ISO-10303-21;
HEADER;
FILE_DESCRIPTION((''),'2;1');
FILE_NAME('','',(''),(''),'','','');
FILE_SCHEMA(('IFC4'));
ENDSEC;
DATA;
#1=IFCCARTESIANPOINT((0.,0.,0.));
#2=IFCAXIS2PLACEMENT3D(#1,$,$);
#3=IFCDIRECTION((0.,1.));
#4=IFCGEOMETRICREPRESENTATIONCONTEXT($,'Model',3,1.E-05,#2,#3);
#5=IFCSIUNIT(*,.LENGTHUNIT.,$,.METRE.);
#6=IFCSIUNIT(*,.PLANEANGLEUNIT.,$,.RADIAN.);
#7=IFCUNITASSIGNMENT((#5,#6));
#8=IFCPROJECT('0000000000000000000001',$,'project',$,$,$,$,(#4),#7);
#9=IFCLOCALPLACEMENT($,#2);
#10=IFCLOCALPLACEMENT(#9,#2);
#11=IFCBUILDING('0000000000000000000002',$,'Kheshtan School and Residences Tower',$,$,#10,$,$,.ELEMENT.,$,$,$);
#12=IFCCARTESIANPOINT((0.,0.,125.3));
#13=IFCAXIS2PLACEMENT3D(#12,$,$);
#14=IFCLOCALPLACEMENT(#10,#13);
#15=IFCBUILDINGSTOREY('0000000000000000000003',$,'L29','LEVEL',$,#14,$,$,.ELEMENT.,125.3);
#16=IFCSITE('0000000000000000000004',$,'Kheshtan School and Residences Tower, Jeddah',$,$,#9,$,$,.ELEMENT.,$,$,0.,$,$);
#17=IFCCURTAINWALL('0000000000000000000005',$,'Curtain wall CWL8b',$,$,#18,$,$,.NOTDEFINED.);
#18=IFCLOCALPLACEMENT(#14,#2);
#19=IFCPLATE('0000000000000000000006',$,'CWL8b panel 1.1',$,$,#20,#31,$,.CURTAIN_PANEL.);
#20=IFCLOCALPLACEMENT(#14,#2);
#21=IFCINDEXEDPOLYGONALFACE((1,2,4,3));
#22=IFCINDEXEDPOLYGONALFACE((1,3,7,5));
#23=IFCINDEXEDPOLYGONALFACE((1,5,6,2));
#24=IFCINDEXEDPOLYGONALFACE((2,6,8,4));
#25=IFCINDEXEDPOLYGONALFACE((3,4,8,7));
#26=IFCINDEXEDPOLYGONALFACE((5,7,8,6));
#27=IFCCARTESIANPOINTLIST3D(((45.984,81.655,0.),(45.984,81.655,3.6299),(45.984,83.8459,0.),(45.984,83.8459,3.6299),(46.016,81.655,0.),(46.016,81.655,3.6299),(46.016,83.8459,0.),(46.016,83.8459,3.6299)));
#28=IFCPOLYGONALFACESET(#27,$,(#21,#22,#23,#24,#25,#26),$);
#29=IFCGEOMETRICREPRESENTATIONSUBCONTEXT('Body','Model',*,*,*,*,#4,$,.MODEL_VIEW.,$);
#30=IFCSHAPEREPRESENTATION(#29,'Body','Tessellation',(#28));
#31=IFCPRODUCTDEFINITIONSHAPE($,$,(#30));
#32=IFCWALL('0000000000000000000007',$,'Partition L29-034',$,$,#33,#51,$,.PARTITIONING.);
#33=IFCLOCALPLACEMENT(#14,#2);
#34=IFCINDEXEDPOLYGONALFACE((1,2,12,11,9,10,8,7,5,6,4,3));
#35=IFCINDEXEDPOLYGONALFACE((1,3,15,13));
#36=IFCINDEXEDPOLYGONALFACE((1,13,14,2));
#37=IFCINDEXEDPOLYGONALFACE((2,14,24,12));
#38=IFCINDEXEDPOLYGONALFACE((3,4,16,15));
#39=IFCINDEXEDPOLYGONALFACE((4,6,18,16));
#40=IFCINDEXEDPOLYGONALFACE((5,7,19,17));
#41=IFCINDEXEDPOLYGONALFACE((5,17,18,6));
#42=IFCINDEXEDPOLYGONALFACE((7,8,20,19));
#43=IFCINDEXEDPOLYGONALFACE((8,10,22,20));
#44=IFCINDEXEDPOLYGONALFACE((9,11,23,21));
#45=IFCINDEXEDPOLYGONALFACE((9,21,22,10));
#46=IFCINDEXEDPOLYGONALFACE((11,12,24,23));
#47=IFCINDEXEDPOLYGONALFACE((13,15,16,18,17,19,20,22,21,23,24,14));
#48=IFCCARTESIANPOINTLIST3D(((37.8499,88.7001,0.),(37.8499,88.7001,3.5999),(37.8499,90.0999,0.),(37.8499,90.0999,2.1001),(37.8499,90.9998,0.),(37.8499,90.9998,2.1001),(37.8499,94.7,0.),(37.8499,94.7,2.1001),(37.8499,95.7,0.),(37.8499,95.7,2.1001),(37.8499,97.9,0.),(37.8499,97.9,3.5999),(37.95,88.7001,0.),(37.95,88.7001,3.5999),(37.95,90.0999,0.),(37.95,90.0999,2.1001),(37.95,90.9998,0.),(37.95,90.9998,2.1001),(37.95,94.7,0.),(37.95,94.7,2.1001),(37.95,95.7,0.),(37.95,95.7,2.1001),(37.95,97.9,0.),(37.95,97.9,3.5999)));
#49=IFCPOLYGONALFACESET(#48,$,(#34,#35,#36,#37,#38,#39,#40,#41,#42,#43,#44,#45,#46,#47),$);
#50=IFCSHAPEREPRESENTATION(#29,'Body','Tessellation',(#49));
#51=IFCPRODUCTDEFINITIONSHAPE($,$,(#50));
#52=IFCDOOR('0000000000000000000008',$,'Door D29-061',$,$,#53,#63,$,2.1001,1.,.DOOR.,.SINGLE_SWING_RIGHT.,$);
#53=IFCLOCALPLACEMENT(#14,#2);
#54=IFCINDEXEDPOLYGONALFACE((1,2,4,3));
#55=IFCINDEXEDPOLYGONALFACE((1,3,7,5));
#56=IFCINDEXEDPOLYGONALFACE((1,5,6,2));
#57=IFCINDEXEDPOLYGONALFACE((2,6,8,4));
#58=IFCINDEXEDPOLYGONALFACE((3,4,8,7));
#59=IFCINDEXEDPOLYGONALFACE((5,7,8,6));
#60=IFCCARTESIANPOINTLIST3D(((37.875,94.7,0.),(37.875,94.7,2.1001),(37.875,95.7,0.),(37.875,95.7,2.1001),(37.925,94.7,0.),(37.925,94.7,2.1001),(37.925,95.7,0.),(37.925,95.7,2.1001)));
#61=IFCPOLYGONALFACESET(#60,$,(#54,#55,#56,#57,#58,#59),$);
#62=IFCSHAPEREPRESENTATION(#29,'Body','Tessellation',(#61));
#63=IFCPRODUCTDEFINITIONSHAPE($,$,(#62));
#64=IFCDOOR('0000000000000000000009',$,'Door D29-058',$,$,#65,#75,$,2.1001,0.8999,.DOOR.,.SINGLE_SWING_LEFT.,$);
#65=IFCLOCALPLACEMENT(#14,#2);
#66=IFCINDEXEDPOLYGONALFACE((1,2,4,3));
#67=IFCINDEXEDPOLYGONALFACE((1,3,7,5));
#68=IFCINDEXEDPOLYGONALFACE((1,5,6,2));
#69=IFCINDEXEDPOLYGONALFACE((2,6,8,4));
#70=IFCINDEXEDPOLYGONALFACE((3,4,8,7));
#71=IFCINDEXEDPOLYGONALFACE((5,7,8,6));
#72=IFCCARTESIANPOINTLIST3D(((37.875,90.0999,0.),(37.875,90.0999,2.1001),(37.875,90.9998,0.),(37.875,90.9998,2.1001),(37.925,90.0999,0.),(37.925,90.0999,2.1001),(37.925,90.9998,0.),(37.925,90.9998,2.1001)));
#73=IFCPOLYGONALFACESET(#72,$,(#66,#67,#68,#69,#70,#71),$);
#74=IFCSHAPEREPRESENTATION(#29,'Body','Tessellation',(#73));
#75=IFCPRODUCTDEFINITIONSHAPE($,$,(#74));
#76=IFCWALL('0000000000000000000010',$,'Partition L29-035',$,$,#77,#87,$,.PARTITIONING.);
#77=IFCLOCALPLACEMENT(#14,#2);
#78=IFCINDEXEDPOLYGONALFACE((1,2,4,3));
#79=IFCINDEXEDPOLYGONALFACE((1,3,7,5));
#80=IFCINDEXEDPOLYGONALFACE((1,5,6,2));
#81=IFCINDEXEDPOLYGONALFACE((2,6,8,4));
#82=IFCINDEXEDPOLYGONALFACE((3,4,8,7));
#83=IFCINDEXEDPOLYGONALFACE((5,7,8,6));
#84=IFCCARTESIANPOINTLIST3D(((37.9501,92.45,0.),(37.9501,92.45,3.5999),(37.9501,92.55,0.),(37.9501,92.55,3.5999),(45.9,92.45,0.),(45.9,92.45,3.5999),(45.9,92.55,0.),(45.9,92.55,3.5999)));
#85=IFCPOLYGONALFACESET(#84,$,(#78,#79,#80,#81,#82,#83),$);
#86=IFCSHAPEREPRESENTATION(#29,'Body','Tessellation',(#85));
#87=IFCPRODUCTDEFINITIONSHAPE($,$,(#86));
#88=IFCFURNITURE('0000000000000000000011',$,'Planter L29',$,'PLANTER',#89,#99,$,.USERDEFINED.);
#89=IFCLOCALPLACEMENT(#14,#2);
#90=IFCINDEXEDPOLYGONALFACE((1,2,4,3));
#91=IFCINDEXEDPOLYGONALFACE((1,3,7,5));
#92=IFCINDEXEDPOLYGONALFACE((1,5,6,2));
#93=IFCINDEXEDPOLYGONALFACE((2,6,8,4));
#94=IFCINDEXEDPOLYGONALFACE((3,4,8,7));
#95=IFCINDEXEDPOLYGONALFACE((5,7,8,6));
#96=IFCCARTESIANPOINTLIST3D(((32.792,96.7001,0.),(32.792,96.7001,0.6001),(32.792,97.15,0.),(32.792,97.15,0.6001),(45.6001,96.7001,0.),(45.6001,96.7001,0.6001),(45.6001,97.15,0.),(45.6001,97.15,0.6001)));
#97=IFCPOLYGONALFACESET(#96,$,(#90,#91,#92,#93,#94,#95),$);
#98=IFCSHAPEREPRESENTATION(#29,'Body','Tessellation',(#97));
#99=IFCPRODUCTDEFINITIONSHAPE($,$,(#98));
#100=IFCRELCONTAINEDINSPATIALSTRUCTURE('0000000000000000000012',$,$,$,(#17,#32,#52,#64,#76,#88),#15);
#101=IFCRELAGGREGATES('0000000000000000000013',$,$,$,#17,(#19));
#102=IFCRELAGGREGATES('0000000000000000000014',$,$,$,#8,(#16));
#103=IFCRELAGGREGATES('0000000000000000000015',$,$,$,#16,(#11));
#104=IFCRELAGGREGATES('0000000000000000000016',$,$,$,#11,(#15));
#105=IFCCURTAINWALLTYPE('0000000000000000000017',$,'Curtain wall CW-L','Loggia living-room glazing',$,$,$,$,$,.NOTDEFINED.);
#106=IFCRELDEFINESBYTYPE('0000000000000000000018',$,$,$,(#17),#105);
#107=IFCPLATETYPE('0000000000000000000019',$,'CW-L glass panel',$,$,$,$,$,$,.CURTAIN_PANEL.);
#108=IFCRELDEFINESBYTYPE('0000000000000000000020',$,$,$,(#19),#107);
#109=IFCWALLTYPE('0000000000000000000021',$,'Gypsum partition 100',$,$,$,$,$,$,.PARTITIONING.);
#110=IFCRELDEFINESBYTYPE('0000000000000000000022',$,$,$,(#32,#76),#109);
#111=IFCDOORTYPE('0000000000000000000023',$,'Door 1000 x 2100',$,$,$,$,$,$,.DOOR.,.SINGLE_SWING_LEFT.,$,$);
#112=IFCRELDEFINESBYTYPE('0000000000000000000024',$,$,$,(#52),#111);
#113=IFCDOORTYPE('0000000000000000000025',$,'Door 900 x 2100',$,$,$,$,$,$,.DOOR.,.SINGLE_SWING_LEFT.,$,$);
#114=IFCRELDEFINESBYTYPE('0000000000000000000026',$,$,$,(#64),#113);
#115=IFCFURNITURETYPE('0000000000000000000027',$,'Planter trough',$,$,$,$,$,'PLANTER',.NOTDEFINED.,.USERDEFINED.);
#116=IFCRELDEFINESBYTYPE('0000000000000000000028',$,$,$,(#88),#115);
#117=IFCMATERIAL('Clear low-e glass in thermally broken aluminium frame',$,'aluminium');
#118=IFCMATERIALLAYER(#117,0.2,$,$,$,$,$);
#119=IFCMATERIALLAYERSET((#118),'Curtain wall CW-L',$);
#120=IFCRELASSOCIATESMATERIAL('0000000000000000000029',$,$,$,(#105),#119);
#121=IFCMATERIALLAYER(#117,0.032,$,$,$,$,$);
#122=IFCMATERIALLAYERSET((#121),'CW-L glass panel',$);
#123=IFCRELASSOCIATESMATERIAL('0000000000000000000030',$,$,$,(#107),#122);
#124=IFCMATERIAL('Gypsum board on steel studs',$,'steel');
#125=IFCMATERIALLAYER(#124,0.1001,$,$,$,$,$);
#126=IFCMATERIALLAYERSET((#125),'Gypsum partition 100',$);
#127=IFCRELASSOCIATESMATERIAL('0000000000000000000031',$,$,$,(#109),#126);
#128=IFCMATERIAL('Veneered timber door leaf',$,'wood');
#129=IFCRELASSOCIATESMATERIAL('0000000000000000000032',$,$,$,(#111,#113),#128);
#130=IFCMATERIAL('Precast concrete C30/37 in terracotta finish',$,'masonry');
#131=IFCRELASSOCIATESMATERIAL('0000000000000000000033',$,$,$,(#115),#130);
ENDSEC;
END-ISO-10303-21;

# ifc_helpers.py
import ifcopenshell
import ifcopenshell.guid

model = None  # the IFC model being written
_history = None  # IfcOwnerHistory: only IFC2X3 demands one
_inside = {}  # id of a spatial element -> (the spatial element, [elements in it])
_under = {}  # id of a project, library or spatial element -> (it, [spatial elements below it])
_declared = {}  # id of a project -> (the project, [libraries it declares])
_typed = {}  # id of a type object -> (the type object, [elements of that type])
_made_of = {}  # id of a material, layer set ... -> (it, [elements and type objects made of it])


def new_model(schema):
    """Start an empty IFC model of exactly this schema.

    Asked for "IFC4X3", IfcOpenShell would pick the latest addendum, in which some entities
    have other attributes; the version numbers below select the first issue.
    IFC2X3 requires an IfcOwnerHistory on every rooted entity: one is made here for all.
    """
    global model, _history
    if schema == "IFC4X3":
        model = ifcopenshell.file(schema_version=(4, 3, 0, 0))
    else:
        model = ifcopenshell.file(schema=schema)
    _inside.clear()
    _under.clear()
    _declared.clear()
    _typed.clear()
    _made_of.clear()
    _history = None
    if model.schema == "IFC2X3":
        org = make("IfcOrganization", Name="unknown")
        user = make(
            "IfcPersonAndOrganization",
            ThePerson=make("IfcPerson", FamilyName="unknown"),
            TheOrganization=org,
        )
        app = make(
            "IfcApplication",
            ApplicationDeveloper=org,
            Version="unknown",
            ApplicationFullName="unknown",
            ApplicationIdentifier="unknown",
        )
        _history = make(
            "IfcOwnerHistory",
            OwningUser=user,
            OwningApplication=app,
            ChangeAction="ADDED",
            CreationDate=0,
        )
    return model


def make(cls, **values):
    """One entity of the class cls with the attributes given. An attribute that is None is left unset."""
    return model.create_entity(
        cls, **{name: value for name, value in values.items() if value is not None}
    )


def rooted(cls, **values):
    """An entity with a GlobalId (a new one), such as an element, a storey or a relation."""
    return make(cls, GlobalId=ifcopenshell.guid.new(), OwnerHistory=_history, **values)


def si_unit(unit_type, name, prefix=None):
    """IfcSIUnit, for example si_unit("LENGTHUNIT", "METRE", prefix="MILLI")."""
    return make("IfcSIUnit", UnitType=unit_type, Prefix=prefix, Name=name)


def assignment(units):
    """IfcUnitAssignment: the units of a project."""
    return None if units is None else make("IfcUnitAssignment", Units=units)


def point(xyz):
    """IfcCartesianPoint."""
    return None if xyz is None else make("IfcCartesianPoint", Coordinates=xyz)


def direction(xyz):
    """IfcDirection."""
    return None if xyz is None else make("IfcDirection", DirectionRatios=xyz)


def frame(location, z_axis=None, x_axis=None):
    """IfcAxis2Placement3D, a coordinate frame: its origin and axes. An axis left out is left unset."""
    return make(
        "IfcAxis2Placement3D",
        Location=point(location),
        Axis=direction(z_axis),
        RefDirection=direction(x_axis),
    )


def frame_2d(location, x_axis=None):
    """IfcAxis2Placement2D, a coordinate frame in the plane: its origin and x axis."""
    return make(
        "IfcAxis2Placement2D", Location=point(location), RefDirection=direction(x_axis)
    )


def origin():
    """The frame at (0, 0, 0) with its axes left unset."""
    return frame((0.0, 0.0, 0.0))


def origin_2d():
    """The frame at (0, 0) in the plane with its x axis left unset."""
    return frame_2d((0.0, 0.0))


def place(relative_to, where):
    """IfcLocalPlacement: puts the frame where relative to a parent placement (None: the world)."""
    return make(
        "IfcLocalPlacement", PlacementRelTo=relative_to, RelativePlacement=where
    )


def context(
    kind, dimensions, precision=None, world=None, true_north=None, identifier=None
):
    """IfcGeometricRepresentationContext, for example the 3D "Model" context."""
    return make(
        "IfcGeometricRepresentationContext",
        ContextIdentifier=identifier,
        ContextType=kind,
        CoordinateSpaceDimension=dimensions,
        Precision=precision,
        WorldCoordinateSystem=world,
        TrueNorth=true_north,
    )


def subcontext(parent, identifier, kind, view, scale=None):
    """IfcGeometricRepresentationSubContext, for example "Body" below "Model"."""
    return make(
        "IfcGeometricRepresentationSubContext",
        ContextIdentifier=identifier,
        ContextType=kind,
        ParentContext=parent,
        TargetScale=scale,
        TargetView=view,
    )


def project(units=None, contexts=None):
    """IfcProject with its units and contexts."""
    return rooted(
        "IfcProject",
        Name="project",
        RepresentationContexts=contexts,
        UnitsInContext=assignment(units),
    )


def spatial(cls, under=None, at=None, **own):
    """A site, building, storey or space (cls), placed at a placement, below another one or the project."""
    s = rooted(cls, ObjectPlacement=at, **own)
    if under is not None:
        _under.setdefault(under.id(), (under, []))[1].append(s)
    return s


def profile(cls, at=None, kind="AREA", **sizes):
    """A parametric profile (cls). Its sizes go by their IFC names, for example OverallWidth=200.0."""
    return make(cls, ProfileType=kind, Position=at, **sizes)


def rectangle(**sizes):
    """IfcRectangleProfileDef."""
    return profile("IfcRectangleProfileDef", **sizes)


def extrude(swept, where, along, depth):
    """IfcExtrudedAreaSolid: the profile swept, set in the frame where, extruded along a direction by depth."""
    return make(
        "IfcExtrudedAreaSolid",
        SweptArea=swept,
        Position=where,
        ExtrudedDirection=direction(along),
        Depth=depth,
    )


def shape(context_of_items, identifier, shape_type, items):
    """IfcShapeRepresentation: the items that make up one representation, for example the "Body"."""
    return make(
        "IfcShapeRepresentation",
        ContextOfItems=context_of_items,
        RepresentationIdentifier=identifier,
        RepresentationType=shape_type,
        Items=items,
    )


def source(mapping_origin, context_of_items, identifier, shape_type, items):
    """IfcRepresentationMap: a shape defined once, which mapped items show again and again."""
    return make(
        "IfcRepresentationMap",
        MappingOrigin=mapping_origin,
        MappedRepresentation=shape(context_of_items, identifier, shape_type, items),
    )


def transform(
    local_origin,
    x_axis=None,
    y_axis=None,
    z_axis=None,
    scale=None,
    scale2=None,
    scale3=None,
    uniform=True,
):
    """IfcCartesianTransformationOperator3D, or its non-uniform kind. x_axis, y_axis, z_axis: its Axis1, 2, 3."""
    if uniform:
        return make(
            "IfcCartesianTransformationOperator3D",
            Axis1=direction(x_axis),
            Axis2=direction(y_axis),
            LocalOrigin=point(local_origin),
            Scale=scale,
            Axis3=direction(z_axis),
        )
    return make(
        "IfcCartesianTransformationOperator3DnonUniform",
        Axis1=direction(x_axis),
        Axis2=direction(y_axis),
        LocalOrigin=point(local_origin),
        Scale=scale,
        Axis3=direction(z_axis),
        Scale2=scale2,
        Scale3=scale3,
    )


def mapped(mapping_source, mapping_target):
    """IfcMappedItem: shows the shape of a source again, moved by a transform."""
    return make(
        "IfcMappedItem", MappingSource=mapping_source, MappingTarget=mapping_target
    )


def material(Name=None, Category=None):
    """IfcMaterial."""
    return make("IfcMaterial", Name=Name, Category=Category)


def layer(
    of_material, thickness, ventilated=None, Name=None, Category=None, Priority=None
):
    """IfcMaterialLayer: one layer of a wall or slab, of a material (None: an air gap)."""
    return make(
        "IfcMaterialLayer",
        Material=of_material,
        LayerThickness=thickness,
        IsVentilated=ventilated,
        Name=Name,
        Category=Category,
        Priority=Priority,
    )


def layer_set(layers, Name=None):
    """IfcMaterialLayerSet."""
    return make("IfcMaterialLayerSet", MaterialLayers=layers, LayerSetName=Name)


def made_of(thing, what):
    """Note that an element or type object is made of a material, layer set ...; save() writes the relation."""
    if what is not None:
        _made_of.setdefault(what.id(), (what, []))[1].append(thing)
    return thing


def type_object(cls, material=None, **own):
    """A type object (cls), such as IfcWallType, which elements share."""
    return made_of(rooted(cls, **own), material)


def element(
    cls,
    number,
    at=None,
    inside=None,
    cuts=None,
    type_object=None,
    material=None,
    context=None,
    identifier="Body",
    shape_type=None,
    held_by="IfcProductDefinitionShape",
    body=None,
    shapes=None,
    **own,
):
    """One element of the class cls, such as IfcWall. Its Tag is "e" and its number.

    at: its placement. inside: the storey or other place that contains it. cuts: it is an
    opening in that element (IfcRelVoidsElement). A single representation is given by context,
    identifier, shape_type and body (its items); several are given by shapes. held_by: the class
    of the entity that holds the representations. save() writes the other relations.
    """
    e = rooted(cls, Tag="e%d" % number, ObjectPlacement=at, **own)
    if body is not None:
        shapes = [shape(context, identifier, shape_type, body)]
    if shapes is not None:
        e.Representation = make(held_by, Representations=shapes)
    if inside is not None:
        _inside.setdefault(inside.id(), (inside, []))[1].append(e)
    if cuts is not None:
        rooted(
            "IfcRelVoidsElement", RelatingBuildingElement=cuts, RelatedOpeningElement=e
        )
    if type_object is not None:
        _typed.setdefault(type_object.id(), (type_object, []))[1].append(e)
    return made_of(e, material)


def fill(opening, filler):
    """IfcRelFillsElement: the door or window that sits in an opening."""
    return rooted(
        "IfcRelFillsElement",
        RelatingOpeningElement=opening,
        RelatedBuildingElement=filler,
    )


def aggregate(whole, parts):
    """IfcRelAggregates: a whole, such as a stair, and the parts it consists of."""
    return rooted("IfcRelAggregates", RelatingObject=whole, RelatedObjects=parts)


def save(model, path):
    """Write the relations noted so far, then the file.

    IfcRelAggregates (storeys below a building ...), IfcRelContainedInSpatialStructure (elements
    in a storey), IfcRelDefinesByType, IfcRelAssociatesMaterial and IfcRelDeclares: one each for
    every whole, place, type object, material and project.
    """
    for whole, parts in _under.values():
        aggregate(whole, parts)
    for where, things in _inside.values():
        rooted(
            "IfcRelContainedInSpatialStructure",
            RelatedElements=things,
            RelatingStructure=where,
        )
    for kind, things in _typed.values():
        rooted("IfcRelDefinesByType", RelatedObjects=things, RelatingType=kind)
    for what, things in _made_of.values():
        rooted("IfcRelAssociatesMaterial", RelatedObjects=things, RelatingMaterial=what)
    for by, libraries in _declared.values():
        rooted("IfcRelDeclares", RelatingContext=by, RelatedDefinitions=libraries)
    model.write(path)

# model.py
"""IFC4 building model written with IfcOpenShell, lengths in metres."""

from ifc_helpers import new_model, si_unit, direction, frame, frame_2d, origin, origin_2d, place, context, subcontext, project, spatial, rectangle, extrude, source, transform, mapped, material, layer, layer_set, type_object, element, fill, aggregate, save


model = new_model("IFC4")

# Units and contexts
model_context = context("Model", 3, precision=1e-05, world=origin(), true_north=direction((0.0, 1.0)))
body_context = subcontext(model_context, "Body", "Model", "MODEL_VIEW")
ifc_project = project(units=[si_unit("LENGTHUNIT", "METRE"), si_unit("PLANEANGLEUNIT", "RADIAN")], contexts=[model_context])

# Site, building, storey
site_placement = place(None, origin())
site = spatial("IfcSite", under=ifc_project, at=site_placement, Name="Kheshtan School and Residences Tower, Jeddah", CompositionType="ELEMENT", RefElevation=0.0)
building_placement = place(site_placement, origin())
building = spatial("IfcBuilding", under=site, at=building_placement, Name="Kheshtan School and Residences Tower", CompositionType="ELEMENT")
storey_placement = place(building_placement, frame((0.0, 0.0, 125.3)))
storey = spatial("IfcBuildingStorey", under=building, at=storey_placement, Name="L29", Description="LEVEL", CompositionType="ELEMENT", Elevation=125.3)

# Shared definitions
ifc_material_1 = material(Name="Clear low-e glass in thermally broken aluminium frame", Category="aluminium")
ifc_layer_1 = layer(ifc_material_1, 0.2)
ifc_layer_set_1 = layer_set([ifc_layer_1], Name="Curtain wall CW-L")
curtain_wall_type = type_object("IfcCurtainWallType", Name="Curtain wall CW-L", Description="Loggia living-room glazing", PredefinedType="NOTDEFINED", material=ifc_layer_set_1)

# Curtain wall
curtain_wall_1_placement = place(storey_placement, origin())
curtain_wall_1 = element("IfcCurtainWall", 1, at=curtain_wall_1_placement, inside=storey, type_object=curtain_wall_type, Name="Curtain wall CWL8b", PredefinedType="NOTDEFINED")

# Plate
ifc_layer_2 = layer(ifc_material_1, 0.032)
ifc_layer_set_2 = layer_set([ifc_layer_2], Name="CW-L glass panel")
plate_type = type_object("IfcPlateType", Name="CW-L glass panel", PredefinedType="CURTAIN_PANEL", material=ifc_layer_set_2)
plate_1_placement = place(storey_placement, frame((46.0, 82.7505, 0.0), z_axis=(0.0, 0.0, 1.0), x_axis=(0.0, -1.0, 0.0)))
plate_1 = element("IfcPlate", 2, at=plate_1_placement, type_object=plate_type, Name="CWL8b panel 1.1", PredefinedType="CURTAIN_PANEL", context=body_context, shape_type="SweptSolid", body=[
    extrude(rectangle(XDim=2.1909, YDim=0.032, at=origin_2d()), origin(), (0.0, 0.0, 1.0), 3.6299),
])
aggregate(curtain_wall_1, [plate_1])

# Wall, openings, doors
ifc_material_2 = material(Name="Gypsum board on steel studs", Category="steel")
ifc_layer_3 = layer(ifc_material_2, 0.1001)
ifc_layer_set_3 = layer_set([ifc_layer_3], Name="Gypsum partition 100")
wall_type_1 = type_object("IfcWallType", Name="Gypsum partition 100", PredefinedType="PARTITIONING", material=ifc_layer_set_3)
wall_1_placement = place(storey_placement, frame((37.8999, 88.7, 0.0), z_axis=(0.0, 0.0, 1.0), x_axis=(0.0, 1.0, 0.0)))
wall_1 = element("IfcWall", 3, at=wall_1_placement, inside=storey, type_object=wall_type_1, Name="Partition L29-034", PredefinedType="PARTITIONING", context=body_context, shape_type="SweptSolid", body=[
    extrude(rectangle(XDim=9.2, YDim=0.1001, at=frame_2d((4.6001, 0.0))), origin(), (0.0, 0.0, 1.0), 3.5999),
])
opening_1_placement = place(wall_1_placement, frame((1.3999, 0.0, 0.0)))
opening_1 = element("IfcOpeningElement", 4, at=opening_1_placement, cuts=wall_1, PredefinedType="OPENING", context=body_context, shape_type="SweptSolid", body=[
    extrude(rectangle(XDim=0.8999, YDim=2.1001, at=frame_2d((0.45, 1.05))), frame((0.0, 0.0601, 0.0), z_axis=(0.0, -1.0, 0.0), x_axis=(1.0, 0.0, 0.0)), (0.0, 0.0, 1.0), 0.1201),
])
opening_2_placement = place(wall_1_placement, frame((6.0, 0.0, 0.0)))
opening_2 = element("IfcOpeningElement", 5, at=opening_2_placement, cuts=wall_1, PredefinedType="OPENING", context=body_context, shape_type="SweptSolid", body=[
    extrude(rectangle(XDim=1.0, YDim=2.1001, at=frame_2d((0.5, 1.05))), frame((0.0, 0.0601, 0.0), z_axis=(0.0, -1.0, 0.0), x_axis=(1.0, 0.0, 0.0)), (0.0, 0.0, 1.0), 0.1201),
])
ifc_material_3 = material(Name="Veneered timber door leaf", Category="wood")
door_type_1 = type_object("IfcDoorType", Name="Door 1000 x 2100", OperationType="SINGLE_SWING_LEFT", PredefinedType="DOOR", material=ifc_material_3)
shared_shape_1 = source(origin(), body_context, "Body", "SweptSolid", [
    extrude(rectangle(XDim=1.0, YDim=2.1001, at=frame_2d((0.5, 1.05))), frame((0.0, 0.0249, 0.0), z_axis=(0.0, -1.0, 0.0), x_axis=(1.0, 0.0, 0.0)), (0.0, 0.0, 1.0), 0.05),
])
door_1_placement = place(opening_2_placement, origin())
door_1 = element("IfcDoor", 6, at=door_1_placement, inside=storey, type_object=door_type_1, Name="Door D29-061", OperationType="SINGLE_SWING_RIGHT", OverallHeight=2.1001, OverallWidth=1.0, PredefinedType="DOOR", context=body_context, shape_type="MappedRepresentation", body=[
    mapped(shared_shape_1, transform((0.0, 0.0, 0.0), x_axis=(1.0, 0.0, 0.0), y_axis=(0.0, 1.0, 0.0), z_axis=(0.0, 0.0, 1.0), scale=1.0)),
])
fill(opening_2, door_1)
door_type_2 = type_object("IfcDoorType", Name="Door 900 x 2100", OperationType="SINGLE_SWING_LEFT", PredefinedType="DOOR", material=ifc_material_3)
shared_shape_2 = source(origin(), body_context, "Body", "SweptSolid", [
    extrude(rectangle(XDim=0.8999, YDim=2.1001, at=frame_2d((0.45, 1.05))), frame((0.0, 0.0249, 0.0), z_axis=(0.0, -1.0, 0.0), x_axis=(1.0, 0.0, 0.0)), (0.0, 0.0, 1.0), 0.05),
])
door_2_placement = place(opening_1_placement, origin())
door_2 = element("IfcDoor", 7, at=door_2_placement, inside=storey, type_object=door_type_2, Name="Door D29-058", OperationType="SINGLE_SWING_LEFT", OverallHeight=2.1001, OverallWidth=0.8999, PredefinedType="DOOR", context=body_context, shape_type="MappedRepresentation", body=[
    mapped(shared_shape_2, transform((0.0, 0.0, 0.0), x_axis=(1.0, 0.0, 0.0), y_axis=(0.0, 1.0, 0.0), z_axis=(0.0, 0.0, 1.0), scale=1.0)),
])
fill(opening_1, door_2)

# Wall
wall_2_placement = place(storey_placement, frame((37.95, 92.5, 0.0), z_axis=(0.0, 0.0, 1.0), x_axis=(1.0, 0.0, 0.0)))
element("IfcWall", 8, at=wall_2_placement, inside=storey, type_object=wall_type_1, Name="Partition L29-035", PredefinedType="PARTITIONING", context=body_context, shape_type="SweptSolid", body=[
    extrude(rectangle(XDim=7.95, YDim=0.1001, at=frame_2d((3.9751, 0.0))), origin(), (0.0, 0.0, 1.0), 3.5999),
])

# Furniture
ifc_material_4 = material(Name="Precast concrete C30/37 in terracotta finish", Category="masonry")
furniture_type = type_object("IfcFurnitureType", Name="Planter trough", ElementType="PLANTER", AssemblyPlace="NOTDEFINED", PredefinedType="USERDEFINED", material=ifc_material_4)
furniture_placement = place(storey_placement, frame((39.196, 96.925, 0.0), z_axis=(0.0, 0.0, 1.0), x_axis=(1.0, 0.0, 0.0)))
element("IfcFurniture", 9, at=furniture_placement, inside=storey, type_object=furniture_type, Name="Planter L29", ObjectType="PLANTER", PredefinedType="USERDEFINED", context=body_context, shape_type="SweptSolid", body=[
    extrude(rectangle(XDim=12.8081, YDim=0.45, at=origin_2d()), origin(), (0.0, 0.0, 1.0), 0.6001),
])

save(model, "model.ifc")
